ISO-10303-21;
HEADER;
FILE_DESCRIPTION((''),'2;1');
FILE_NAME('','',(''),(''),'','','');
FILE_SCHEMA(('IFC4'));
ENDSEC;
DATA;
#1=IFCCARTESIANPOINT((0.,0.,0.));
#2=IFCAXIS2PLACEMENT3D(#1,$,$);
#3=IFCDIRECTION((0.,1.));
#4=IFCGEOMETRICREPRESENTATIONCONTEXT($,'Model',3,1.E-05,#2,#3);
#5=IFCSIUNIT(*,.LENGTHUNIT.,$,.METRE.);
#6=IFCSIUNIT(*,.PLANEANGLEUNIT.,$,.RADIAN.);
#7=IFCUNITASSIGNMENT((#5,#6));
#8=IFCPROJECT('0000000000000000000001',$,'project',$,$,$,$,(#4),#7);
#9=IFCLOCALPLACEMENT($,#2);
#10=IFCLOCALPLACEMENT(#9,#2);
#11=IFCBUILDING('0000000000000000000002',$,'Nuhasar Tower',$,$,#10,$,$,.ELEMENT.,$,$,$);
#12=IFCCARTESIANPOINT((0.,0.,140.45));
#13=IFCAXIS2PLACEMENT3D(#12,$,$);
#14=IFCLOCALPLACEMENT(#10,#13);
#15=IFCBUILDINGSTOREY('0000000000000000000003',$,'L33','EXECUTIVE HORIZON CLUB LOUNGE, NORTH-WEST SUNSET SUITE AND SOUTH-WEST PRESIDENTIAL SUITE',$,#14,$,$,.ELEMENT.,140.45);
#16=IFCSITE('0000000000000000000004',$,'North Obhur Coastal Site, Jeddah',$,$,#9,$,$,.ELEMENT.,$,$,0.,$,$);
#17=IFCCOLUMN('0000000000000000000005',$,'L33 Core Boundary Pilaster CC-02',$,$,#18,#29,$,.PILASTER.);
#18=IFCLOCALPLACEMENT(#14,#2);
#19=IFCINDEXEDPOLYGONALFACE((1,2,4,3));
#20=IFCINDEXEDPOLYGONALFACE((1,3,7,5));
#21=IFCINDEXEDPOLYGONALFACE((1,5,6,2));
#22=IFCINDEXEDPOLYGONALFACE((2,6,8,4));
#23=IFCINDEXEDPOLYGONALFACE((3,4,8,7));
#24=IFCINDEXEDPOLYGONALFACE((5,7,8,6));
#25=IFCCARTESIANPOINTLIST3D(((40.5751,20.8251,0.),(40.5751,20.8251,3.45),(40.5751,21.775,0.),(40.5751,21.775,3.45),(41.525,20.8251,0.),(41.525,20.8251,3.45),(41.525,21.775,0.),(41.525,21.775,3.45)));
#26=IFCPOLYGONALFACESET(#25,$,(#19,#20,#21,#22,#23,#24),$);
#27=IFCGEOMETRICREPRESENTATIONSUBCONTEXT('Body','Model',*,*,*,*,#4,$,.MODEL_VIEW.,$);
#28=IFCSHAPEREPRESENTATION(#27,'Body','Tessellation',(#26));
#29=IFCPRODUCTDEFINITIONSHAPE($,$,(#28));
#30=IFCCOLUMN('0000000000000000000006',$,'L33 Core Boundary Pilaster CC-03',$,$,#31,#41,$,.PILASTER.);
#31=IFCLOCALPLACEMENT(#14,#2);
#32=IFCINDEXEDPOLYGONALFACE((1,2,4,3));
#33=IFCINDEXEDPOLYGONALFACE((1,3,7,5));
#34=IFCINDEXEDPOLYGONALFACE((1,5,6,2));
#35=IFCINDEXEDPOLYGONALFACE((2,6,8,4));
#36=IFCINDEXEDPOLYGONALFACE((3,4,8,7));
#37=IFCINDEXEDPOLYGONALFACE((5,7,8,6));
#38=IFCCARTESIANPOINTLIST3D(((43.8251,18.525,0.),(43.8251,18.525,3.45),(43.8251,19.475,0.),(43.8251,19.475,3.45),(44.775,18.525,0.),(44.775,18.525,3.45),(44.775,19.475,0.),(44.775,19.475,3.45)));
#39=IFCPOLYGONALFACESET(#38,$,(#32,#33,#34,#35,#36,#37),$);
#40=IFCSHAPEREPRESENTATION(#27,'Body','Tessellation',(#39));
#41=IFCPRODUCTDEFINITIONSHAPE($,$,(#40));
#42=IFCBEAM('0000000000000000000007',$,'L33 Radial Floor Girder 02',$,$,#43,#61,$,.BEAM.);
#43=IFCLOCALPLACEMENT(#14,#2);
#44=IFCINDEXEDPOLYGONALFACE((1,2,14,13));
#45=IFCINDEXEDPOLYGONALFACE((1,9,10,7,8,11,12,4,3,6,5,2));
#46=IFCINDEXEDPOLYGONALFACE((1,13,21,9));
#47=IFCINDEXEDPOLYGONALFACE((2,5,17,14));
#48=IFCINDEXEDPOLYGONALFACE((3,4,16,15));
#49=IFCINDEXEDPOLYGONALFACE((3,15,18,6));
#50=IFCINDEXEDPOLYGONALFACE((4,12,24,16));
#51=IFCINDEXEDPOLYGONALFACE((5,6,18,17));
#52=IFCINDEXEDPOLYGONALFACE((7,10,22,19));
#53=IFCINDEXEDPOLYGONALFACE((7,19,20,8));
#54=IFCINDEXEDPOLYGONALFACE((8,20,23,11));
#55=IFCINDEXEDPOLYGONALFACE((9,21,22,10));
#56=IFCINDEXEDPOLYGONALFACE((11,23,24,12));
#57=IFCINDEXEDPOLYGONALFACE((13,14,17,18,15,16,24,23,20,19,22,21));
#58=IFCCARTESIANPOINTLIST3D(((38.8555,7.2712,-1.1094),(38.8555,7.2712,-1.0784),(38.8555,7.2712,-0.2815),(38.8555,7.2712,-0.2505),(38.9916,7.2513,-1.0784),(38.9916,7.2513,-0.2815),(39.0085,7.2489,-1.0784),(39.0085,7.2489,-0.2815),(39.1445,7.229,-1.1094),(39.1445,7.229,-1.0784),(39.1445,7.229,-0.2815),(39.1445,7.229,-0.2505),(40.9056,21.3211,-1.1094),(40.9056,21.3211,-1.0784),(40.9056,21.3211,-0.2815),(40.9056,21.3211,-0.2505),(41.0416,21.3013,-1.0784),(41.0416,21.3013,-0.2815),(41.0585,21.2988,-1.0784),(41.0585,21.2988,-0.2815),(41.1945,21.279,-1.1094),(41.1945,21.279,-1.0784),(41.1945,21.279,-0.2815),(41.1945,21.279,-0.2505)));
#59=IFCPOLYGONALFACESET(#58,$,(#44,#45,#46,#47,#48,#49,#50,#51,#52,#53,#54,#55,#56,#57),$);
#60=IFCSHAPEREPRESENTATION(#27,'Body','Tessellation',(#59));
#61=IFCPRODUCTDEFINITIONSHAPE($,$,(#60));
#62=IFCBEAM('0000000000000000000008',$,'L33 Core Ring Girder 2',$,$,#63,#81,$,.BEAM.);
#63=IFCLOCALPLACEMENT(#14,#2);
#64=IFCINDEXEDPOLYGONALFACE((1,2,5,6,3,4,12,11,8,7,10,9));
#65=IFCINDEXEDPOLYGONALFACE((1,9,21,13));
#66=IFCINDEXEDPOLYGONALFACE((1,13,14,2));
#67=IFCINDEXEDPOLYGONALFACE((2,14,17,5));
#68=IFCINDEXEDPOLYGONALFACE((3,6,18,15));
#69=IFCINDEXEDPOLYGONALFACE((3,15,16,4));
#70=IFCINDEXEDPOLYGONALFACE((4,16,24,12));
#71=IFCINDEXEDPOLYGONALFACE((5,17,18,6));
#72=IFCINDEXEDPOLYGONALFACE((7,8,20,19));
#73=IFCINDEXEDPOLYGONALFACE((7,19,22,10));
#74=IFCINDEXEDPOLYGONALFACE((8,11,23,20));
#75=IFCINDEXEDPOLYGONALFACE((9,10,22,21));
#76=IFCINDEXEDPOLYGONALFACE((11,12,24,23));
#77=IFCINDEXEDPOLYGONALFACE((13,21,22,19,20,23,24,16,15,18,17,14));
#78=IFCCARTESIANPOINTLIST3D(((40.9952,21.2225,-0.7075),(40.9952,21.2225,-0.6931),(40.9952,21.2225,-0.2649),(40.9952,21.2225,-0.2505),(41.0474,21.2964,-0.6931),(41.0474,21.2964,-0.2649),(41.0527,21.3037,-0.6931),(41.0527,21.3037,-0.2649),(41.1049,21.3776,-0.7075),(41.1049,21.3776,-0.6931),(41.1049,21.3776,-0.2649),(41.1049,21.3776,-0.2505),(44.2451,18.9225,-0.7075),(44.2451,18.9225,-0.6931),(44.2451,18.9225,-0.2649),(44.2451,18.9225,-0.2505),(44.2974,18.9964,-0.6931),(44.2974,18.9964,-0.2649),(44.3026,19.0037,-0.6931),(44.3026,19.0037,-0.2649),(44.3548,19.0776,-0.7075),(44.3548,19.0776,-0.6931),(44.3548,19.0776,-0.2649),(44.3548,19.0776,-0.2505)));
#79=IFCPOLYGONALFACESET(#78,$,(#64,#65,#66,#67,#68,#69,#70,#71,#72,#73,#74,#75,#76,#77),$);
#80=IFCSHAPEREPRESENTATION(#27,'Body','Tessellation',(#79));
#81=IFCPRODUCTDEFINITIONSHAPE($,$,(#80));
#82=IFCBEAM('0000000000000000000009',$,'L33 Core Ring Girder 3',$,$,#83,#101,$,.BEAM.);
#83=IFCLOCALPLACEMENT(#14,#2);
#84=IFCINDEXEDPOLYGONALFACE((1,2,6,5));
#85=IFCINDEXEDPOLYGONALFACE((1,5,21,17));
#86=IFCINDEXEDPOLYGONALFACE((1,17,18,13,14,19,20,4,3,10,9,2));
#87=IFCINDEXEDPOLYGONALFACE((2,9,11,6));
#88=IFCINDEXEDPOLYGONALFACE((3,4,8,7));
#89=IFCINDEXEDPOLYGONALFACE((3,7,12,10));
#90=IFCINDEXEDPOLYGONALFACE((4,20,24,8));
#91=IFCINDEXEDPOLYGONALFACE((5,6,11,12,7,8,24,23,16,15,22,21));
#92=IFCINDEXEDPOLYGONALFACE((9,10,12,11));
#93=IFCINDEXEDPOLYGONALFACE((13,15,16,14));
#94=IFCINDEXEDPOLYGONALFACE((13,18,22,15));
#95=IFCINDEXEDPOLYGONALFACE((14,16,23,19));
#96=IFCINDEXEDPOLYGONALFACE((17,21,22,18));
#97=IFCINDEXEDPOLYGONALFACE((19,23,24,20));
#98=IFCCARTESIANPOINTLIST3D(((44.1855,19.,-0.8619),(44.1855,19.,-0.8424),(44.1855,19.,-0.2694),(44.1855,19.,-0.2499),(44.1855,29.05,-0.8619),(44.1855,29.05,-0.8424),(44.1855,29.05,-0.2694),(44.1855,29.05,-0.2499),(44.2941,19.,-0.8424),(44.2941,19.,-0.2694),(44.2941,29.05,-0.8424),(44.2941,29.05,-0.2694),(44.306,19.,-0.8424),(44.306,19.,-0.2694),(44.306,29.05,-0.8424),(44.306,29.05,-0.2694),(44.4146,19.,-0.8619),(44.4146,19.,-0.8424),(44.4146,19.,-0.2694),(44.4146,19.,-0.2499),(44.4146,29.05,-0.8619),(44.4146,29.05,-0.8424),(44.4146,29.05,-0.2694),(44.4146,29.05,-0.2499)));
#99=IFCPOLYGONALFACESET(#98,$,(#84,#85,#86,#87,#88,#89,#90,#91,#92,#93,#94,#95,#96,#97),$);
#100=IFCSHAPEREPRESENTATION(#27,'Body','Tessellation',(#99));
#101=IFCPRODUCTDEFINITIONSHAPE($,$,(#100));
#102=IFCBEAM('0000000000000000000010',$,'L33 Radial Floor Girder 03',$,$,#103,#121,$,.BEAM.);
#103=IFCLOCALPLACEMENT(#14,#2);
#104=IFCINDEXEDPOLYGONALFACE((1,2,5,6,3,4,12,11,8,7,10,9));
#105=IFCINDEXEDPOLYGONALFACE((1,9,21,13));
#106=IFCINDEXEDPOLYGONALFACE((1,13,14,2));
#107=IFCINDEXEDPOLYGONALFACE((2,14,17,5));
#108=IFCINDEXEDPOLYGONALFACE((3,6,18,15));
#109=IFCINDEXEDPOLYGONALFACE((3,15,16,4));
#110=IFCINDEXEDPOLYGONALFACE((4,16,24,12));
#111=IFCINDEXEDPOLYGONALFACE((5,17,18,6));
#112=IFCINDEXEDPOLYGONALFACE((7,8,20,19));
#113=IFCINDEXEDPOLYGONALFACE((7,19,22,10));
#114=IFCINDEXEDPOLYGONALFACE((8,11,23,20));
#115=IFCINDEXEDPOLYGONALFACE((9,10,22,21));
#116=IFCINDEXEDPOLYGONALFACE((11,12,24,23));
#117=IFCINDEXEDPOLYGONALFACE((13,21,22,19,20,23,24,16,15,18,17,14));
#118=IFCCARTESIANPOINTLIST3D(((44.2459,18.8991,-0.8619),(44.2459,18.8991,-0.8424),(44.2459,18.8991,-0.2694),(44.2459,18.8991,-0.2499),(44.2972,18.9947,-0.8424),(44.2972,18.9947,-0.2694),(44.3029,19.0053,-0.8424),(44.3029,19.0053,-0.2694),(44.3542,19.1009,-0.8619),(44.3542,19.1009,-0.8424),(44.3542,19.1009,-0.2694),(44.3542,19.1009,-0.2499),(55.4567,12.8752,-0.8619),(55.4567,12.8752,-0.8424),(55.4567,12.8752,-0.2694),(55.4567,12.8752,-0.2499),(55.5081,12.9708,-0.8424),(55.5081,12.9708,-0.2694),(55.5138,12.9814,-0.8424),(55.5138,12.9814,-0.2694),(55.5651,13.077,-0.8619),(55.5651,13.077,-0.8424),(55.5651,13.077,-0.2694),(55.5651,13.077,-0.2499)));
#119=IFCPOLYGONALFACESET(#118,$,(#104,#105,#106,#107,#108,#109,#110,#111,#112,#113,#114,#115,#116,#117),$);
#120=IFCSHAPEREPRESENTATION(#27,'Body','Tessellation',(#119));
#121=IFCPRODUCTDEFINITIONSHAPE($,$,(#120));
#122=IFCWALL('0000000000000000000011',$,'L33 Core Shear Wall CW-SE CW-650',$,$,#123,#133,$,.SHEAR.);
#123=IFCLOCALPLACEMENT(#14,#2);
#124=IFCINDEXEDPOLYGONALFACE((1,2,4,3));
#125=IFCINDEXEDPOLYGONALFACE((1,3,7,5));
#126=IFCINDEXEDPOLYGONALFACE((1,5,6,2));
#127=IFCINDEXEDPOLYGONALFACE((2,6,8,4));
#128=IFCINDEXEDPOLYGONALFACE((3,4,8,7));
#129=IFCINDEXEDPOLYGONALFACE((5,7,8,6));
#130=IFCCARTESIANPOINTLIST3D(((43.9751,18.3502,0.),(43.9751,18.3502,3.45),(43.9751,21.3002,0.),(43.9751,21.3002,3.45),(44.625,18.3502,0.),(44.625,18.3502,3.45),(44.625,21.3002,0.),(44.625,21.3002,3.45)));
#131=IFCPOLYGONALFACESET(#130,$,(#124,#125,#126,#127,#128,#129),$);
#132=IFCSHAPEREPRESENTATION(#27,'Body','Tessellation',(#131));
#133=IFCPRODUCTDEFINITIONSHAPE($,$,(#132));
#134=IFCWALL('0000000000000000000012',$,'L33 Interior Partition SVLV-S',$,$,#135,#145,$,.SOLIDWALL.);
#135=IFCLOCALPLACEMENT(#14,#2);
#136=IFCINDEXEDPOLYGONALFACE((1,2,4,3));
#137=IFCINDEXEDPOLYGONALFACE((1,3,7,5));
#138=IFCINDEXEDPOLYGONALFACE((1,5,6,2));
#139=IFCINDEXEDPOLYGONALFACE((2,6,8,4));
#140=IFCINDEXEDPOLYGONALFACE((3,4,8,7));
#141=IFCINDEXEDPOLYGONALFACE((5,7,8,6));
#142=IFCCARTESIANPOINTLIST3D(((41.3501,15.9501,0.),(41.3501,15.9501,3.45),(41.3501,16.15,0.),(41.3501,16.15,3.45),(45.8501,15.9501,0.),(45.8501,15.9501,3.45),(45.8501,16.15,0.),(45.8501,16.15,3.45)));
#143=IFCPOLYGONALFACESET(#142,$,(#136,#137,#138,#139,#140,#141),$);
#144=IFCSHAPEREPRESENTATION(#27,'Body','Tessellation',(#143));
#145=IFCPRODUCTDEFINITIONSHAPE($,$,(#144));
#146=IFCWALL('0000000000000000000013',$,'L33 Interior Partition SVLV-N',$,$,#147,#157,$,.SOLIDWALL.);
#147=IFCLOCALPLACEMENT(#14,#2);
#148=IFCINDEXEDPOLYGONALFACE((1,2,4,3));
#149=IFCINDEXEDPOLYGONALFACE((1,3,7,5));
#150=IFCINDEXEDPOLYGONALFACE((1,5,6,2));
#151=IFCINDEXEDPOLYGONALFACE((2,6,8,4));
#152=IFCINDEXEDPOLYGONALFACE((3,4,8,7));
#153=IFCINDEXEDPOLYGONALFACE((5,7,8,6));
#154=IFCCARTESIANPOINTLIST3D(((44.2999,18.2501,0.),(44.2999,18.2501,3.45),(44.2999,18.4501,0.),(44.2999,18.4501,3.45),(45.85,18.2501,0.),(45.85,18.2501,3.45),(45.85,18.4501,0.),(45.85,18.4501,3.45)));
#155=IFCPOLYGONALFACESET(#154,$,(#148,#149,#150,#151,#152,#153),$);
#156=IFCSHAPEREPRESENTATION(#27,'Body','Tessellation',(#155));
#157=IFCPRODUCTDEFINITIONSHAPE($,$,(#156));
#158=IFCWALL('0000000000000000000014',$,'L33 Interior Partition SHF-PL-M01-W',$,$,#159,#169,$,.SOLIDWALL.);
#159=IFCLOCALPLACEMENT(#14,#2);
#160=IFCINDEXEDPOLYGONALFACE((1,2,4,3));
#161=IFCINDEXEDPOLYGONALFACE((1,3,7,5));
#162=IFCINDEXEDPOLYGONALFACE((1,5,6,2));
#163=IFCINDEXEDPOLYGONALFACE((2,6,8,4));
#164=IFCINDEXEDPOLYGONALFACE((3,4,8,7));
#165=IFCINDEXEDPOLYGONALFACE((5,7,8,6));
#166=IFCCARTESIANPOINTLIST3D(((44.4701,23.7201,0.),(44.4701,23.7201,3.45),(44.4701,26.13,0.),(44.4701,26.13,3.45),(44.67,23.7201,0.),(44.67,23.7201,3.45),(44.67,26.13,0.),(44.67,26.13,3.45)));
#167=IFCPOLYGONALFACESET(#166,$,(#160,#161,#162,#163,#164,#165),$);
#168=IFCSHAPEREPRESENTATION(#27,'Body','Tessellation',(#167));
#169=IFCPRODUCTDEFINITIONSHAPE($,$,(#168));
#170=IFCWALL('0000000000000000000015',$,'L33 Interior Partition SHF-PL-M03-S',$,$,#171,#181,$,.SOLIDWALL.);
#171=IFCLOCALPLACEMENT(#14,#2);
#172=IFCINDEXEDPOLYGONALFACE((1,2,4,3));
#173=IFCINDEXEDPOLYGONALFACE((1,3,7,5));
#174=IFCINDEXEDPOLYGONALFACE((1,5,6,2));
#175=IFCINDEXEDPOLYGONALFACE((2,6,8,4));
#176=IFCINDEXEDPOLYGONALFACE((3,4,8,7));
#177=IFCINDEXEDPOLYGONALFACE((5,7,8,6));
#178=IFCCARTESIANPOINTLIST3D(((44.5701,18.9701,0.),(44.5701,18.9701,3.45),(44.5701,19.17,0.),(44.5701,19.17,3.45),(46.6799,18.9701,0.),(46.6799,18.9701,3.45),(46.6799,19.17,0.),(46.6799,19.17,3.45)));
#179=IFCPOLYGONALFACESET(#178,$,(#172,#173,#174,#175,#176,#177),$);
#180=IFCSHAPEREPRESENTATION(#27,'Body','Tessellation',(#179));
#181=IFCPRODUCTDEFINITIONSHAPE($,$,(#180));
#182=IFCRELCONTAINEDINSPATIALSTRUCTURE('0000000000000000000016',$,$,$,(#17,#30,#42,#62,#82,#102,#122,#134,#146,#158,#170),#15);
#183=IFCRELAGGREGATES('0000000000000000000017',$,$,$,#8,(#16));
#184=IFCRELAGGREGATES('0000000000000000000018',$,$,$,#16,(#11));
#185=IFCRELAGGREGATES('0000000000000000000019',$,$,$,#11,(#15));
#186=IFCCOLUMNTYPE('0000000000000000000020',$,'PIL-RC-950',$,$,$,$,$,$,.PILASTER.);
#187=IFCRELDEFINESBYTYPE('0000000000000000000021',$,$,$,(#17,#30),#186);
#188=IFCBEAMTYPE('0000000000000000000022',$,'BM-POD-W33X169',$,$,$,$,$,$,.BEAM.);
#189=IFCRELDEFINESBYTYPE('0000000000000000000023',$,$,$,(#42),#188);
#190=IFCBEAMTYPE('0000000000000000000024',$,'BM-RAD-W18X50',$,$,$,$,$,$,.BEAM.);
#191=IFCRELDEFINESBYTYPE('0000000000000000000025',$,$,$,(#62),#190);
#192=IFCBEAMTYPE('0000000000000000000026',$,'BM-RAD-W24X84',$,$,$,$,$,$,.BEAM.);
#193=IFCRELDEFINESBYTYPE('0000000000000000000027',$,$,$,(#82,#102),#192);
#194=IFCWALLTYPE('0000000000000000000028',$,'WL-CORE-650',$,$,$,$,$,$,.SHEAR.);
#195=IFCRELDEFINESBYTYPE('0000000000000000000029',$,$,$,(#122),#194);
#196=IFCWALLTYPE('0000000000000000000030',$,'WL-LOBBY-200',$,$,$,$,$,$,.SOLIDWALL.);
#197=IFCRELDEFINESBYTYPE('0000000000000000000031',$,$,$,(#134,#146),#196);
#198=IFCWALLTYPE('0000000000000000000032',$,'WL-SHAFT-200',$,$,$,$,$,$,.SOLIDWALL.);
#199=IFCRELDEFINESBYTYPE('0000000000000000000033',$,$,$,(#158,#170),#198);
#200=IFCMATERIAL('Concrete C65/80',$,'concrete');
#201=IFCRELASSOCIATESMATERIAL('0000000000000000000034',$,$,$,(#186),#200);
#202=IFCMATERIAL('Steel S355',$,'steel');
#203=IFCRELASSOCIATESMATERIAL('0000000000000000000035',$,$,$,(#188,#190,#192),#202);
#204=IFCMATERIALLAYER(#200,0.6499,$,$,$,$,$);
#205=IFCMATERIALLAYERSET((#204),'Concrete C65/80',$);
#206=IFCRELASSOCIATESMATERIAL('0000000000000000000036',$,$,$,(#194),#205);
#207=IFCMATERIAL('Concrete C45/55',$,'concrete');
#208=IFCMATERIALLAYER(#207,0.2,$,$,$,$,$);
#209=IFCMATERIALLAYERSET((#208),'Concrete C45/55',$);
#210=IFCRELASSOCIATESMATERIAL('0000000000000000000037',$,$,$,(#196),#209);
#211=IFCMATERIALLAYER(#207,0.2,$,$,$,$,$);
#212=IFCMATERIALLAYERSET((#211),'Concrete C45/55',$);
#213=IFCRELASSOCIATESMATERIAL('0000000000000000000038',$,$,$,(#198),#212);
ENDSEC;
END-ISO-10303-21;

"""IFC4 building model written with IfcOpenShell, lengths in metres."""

from ifc_helpers import new_model, si_unit, direction, frame, frame_2d, origin, origin_2d, place, context, subcontext, project, spatial, rectangle, i_section, extrude, material, layer, layer_set, material_profile, profile_set, type_object, element, save


model = new_model("IFC4")

# Units and contexts
model_context = context("Model", 3, precision=1e-05, world=origin(), true_north=direction((0.0, 1.0)))
body_context = subcontext(model_context, "Body", "Model", "MODEL_VIEW")
ifc_project = project(units=[si_unit("LENGTHUNIT", "METRE"), si_unit("PLANEANGLEUNIT", "RADIAN")], contexts=[model_context])

# Site, building, storey
site_placement = place(None, origin())
site = spatial("IfcSite", under=ifc_project, at=site_placement, Name="North Obhur Coastal Site, Jeddah", CompositionType="ELEMENT", RefElevation=0.0)
building_placement = place(site_placement, origin())
building = spatial("IfcBuilding", under=site, at=building_placement, Name="Nuhasar Tower", CompositionType="ELEMENT")
storey_placement = place(building_placement, frame((0.0, 0.0, 140.45)))
storey = spatial("IfcBuildingStorey", under=building, at=storey_placement, Name="L33", Description="EXECUTIVE HORIZON CLUB LOUNGE, NORTH-WEST SUNSET SUITE AND SOUTH-WEST PRESIDENTIAL SUITE", CompositionType="ELEMENT", Elevation=140.45)

# Columns
ifc_material_1 = material(Name="Concrete C65/80", Category="concrete")
ifc_material_profile_1 = material_profile(ifc_material_1, rectangle(XDim=0.95, YDim=0.95, at=origin_2d()), Name="RC950X950")
ifc_profile_set_1 = profile_set([ifc_material_profile_1], Name="Concrete C65/80")
column_type = type_object("IfcColumnType", Name="PIL-RC-950", PredefinedType="PILASTER", material=ifc_profile_set_1)
for number, where, z_axis, x_axis, name in (
    (1, (41.05, 21.3, 0.0), (0.0, 0.0, 1.0), (1.0, 0.0, 0.0), "L33 Core Boundary Pilaster CC-02"),
    (2, (44.3, 19.0, 0.0), (0.0, 0.0, 1.0), (1.0, 0.0, 0.0), "L33 Core Boundary Pilaster CC-03"),
):
    element("IfcColumn", number, at=place(storey_placement, frame(where, z_axis=z_axis, x_axis=x_axis)), inside=storey, type_object=column_type, Name=name, PredefinedType="PILASTER", context=body_context, shape_type="SweptSolid", body=[
        extrude(rectangle(XDim=0.95, YDim=0.95, at=origin_2d()), origin(), (0.0, 0.0, 1.0), 3.45),
    ])

# Beams
ifc_material_2 = material(Name="Steel S355", Category="steel")
ifc_material_profile_2 = material_profile(ifc_material_2, i_section(OverallWidth=0.292, OverallDepth=0.8589, WebThickness=0.0171, FlangeThickness=0.031, at=origin_2d()), Name="W33X169")
ifc_profile_set_2 = profile_set([ifc_material_profile_2], Name="Steel S355")
beam_type_1 = type_object("IfcBeamType", Name="BM-POD-W33X169", PredefinedType="BEAM", material=ifc_profile_set_2)
beam_1_placement = place(storey_placement, frame((41.05, 21.3, -0.6799), z_axis=(-0.144382, -0.989522, 0.0), x_axis=(0.989522, -0.144382, 0.0)))
element("IfcBeam", 3, at=beam_1_placement, inside=storey, type_object=beam_type_1, Name="L33 Radial Floor Girder 02", PredefinedType="BEAM", context=body_context, shape_type="SweptSolid", body=[
    extrude(i_section(OverallWidth=0.292, OverallDepth=0.8589, WebThickness=0.0171, FlangeThickness=0.031, at=origin_2d()), origin(), (0.0, 0.0, 1.0), 14.1987),
])
ifc_material_profile_3 = material_profile(ifc_material_2, i_section(OverallWidth=0.1899, OverallDepth=0.457, WebThickness=0.009, FlangeThickness=0.0144, at=origin_2d()), Name="W18X50")
ifc_profile_set_3 = profile_set([ifc_material_profile_3], Name="Steel S355")
beam_type_2 = type_object("IfcBeamType", Name="BM-RAD-W18X50", PredefinedType="BEAM", material=ifc_profile_set_3)
beam_2_placement = place(storey_placement, frame((41.05, 21.3, -0.479), z_axis=(0.816265, -0.577677, 0.0), x_axis=(0.577677, 0.816265, 0.0)))
element("IfcBeam", 4, at=beam_2_placement, inside=storey, type_object=beam_type_2, Name="L33 Core Ring Girder 2", PredefinedType="BEAM", context=body_context, shape_type="SweptSolid", body=[
    extrude(i_section(OverallWidth=0.1899, OverallDepth=0.457, WebThickness=0.009, FlangeThickness=0.0144, at=origin_2d()), origin(), (0.0, 0.0, 1.0), 3.9814),
])
ifc_material_profile_4 = material_profile(ifc_material_2, i_section(OverallWidth=0.229, OverallDepth=0.6121, WebThickness=0.012, FlangeThickness=0.0195, at=origin_2d()), Name="W24X84")
ifc_profile_set_4 = profile_set([ifc_material_profile_4], Name="Steel S355")
beam_type_3 = type_object("IfcBeamType", Name="BM-RAD-W24X84", PredefinedType="BEAM", material=ifc_profile_set_4)
beam_3_placement = place(storey_placement, frame((44.3, 19.0, -0.5559), z_axis=(0.0, 1.0, 0.0), x_axis=(-1.0, 0.0, 0.0)))
element("IfcBeam", 5, at=beam_3_placement, inside=storey, type_object=beam_type_3, Name="L33 Core Ring Girder 3", PredefinedType="BEAM", context=body_context, shape_type="SweptSolid", body=[
    extrude(i_section(OverallWidth=0.229, OverallDepth=0.6121, WebThickness=0.012, FlangeThickness=0.0195, at=origin_2d()), origin(), (0.0, 0.0, 1.0), 10.05),
])
beam_4_placement = place(storey_placement, frame((44.3, 19.0, -0.5559), z_axis=(0.880888, -0.473324, 0.0), x_axis=(0.473324, 0.880888, 0.0)))
element("IfcBeam", 6, at=beam_4_placement, inside=storey, type_object=beam_type_3, Name="L33 Radial Floor Girder 03", PredefinedType="BEAM", context=body_context, shape_type="SweptSolid", body=[
    extrude(i_section(OverallWidth=0.229, OverallDepth=0.6121, WebThickness=0.012, FlangeThickness=0.0195, at=origin_2d()), origin(), (0.0, 0.0, 1.0), 12.7268),
])

# Wall
ifc_layer_1 = layer(ifc_material_1, 0.6499)
ifc_layer_set_1 = layer_set([ifc_layer_1], Name="Concrete C65/80")
wall_type_1 = type_object("IfcWallType", Name="WL-CORE-650", PredefinedType="SHEAR", material=ifc_layer_set_1)
wall_1_placement = place(storey_placement, frame((44.3, 18.3501, 0.0), z_axis=(0.0, 0.0, 1.0), x_axis=(0.0, 1.0, 0.0)))
element("IfcWall", 7, at=wall_1_placement, inside=storey, type_object=wall_type_1, Name="L33 Core Shear Wall CW-SE CW-650", PredefinedType="SHEAR", context=body_context, shape_type="SweptSolid", body=[
    extrude(rectangle(XDim=2.95, YDim=0.6499, at=frame_2d((1.4751, 0.0))), origin(), (0.0, 0.0, 1.0), 3.45),
])

# Shared definitions
ifc_material_3 = material(Name="Concrete C45/55", Category="concrete")
ifc_layer_2 = layer(ifc_material_3, 0.2)
ifc_layer_set_2 = layer_set([ifc_layer_2], Name="Concrete C45/55")
wall_type_2 = type_object("IfcWallType", Name="WL-LOBBY-200", PredefinedType="SOLIDWALL", material=ifc_layer_set_2)

# Walls
wall_2_placement = place(storey_placement, frame((41.3501, 16.05, 0.0), z_axis=(0.0, 0.0, 1.0), x_axis=(1.0, 0.0, 0.0)))
element("IfcWall", 8, at=wall_2_placement, inside=storey, type_object=wall_type_2, Name="L33 Interior Partition SVLV-S", PredefinedType="SOLIDWALL", context=body_context, shape_type="SweptSolid", body=[
    extrude(rectangle(XDim=4.5, YDim=0.2, at=frame_2d((2.25, 0.0))), origin(), (0.0, 0.0, 1.0), 3.45),
])
wall_3_placement = place(storey_placement, frame((44.3, 18.3501, 0.0), z_axis=(0.0, 0.0, 1.0), x_axis=(1.0, 0.0, 0.0)))
element("IfcWall", 9, at=wall_3_placement, inside=storey, type_object=wall_type_2, Name="L33 Interior Partition SVLV-N", PredefinedType="SOLIDWALL", context=body_context, shape_type="SweptSolid", body=[
    extrude(rectangle(XDim=1.55, YDim=0.2, at=frame_2d((0.7749, 0.0))), origin(), (0.0, 0.0, 1.0), 3.45),
])

# Shared definitions
ifc_layer_3 = layer(ifc_material_3, 0.2)
ifc_layer_set_3 = layer_set([ifc_layer_3], Name="Concrete C45/55")
wall_type_3 = type_object("IfcWallType", Name="WL-SHAFT-200", PredefinedType="SOLIDWALL", material=ifc_layer_set_3)

# Walls
wall_4_placement = place(storey_placement, frame((44.5701, 23.72, 0.0), z_axis=(0.0, 0.0, 1.0), x_axis=(0.0, 1.0, 0.0)))
element("IfcWall", 10, at=wall_4_placement, inside=storey, type_object=wall_type_3, Name="L33 Interior Partition SHF-PL-M01-W", PredefinedType="SOLIDWALL", context=body_context, shape_type="SweptSolid", body=[
    extrude(rectangle(XDim=2.4099, YDim=0.2, at=frame_2d((1.2051, 0.0))), origin(), (0.0, 0.0, 1.0), 3.45),
])
wall_5_placement = place(storey_placement, frame((44.5701, 19.0701, 0.0), z_axis=(0.0, 0.0, 1.0), x_axis=(1.0, 0.0, 0.0)))
element("IfcWall", 11, at=wall_5_placement, inside=storey, type_object=wall_type_3, Name="L33 Interior Partition SHF-PL-M03-S", PredefinedType="SOLIDWALL", context=body_context, shape_type="SweptSolid", body=[
    extrude(rectangle(XDim=2.1099, YDim=0.2, at=frame_2d((1.0549, 0.0))), origin(), (0.0, 0.0, 1.0), 3.45),
])

save(model, "model.ifc")
